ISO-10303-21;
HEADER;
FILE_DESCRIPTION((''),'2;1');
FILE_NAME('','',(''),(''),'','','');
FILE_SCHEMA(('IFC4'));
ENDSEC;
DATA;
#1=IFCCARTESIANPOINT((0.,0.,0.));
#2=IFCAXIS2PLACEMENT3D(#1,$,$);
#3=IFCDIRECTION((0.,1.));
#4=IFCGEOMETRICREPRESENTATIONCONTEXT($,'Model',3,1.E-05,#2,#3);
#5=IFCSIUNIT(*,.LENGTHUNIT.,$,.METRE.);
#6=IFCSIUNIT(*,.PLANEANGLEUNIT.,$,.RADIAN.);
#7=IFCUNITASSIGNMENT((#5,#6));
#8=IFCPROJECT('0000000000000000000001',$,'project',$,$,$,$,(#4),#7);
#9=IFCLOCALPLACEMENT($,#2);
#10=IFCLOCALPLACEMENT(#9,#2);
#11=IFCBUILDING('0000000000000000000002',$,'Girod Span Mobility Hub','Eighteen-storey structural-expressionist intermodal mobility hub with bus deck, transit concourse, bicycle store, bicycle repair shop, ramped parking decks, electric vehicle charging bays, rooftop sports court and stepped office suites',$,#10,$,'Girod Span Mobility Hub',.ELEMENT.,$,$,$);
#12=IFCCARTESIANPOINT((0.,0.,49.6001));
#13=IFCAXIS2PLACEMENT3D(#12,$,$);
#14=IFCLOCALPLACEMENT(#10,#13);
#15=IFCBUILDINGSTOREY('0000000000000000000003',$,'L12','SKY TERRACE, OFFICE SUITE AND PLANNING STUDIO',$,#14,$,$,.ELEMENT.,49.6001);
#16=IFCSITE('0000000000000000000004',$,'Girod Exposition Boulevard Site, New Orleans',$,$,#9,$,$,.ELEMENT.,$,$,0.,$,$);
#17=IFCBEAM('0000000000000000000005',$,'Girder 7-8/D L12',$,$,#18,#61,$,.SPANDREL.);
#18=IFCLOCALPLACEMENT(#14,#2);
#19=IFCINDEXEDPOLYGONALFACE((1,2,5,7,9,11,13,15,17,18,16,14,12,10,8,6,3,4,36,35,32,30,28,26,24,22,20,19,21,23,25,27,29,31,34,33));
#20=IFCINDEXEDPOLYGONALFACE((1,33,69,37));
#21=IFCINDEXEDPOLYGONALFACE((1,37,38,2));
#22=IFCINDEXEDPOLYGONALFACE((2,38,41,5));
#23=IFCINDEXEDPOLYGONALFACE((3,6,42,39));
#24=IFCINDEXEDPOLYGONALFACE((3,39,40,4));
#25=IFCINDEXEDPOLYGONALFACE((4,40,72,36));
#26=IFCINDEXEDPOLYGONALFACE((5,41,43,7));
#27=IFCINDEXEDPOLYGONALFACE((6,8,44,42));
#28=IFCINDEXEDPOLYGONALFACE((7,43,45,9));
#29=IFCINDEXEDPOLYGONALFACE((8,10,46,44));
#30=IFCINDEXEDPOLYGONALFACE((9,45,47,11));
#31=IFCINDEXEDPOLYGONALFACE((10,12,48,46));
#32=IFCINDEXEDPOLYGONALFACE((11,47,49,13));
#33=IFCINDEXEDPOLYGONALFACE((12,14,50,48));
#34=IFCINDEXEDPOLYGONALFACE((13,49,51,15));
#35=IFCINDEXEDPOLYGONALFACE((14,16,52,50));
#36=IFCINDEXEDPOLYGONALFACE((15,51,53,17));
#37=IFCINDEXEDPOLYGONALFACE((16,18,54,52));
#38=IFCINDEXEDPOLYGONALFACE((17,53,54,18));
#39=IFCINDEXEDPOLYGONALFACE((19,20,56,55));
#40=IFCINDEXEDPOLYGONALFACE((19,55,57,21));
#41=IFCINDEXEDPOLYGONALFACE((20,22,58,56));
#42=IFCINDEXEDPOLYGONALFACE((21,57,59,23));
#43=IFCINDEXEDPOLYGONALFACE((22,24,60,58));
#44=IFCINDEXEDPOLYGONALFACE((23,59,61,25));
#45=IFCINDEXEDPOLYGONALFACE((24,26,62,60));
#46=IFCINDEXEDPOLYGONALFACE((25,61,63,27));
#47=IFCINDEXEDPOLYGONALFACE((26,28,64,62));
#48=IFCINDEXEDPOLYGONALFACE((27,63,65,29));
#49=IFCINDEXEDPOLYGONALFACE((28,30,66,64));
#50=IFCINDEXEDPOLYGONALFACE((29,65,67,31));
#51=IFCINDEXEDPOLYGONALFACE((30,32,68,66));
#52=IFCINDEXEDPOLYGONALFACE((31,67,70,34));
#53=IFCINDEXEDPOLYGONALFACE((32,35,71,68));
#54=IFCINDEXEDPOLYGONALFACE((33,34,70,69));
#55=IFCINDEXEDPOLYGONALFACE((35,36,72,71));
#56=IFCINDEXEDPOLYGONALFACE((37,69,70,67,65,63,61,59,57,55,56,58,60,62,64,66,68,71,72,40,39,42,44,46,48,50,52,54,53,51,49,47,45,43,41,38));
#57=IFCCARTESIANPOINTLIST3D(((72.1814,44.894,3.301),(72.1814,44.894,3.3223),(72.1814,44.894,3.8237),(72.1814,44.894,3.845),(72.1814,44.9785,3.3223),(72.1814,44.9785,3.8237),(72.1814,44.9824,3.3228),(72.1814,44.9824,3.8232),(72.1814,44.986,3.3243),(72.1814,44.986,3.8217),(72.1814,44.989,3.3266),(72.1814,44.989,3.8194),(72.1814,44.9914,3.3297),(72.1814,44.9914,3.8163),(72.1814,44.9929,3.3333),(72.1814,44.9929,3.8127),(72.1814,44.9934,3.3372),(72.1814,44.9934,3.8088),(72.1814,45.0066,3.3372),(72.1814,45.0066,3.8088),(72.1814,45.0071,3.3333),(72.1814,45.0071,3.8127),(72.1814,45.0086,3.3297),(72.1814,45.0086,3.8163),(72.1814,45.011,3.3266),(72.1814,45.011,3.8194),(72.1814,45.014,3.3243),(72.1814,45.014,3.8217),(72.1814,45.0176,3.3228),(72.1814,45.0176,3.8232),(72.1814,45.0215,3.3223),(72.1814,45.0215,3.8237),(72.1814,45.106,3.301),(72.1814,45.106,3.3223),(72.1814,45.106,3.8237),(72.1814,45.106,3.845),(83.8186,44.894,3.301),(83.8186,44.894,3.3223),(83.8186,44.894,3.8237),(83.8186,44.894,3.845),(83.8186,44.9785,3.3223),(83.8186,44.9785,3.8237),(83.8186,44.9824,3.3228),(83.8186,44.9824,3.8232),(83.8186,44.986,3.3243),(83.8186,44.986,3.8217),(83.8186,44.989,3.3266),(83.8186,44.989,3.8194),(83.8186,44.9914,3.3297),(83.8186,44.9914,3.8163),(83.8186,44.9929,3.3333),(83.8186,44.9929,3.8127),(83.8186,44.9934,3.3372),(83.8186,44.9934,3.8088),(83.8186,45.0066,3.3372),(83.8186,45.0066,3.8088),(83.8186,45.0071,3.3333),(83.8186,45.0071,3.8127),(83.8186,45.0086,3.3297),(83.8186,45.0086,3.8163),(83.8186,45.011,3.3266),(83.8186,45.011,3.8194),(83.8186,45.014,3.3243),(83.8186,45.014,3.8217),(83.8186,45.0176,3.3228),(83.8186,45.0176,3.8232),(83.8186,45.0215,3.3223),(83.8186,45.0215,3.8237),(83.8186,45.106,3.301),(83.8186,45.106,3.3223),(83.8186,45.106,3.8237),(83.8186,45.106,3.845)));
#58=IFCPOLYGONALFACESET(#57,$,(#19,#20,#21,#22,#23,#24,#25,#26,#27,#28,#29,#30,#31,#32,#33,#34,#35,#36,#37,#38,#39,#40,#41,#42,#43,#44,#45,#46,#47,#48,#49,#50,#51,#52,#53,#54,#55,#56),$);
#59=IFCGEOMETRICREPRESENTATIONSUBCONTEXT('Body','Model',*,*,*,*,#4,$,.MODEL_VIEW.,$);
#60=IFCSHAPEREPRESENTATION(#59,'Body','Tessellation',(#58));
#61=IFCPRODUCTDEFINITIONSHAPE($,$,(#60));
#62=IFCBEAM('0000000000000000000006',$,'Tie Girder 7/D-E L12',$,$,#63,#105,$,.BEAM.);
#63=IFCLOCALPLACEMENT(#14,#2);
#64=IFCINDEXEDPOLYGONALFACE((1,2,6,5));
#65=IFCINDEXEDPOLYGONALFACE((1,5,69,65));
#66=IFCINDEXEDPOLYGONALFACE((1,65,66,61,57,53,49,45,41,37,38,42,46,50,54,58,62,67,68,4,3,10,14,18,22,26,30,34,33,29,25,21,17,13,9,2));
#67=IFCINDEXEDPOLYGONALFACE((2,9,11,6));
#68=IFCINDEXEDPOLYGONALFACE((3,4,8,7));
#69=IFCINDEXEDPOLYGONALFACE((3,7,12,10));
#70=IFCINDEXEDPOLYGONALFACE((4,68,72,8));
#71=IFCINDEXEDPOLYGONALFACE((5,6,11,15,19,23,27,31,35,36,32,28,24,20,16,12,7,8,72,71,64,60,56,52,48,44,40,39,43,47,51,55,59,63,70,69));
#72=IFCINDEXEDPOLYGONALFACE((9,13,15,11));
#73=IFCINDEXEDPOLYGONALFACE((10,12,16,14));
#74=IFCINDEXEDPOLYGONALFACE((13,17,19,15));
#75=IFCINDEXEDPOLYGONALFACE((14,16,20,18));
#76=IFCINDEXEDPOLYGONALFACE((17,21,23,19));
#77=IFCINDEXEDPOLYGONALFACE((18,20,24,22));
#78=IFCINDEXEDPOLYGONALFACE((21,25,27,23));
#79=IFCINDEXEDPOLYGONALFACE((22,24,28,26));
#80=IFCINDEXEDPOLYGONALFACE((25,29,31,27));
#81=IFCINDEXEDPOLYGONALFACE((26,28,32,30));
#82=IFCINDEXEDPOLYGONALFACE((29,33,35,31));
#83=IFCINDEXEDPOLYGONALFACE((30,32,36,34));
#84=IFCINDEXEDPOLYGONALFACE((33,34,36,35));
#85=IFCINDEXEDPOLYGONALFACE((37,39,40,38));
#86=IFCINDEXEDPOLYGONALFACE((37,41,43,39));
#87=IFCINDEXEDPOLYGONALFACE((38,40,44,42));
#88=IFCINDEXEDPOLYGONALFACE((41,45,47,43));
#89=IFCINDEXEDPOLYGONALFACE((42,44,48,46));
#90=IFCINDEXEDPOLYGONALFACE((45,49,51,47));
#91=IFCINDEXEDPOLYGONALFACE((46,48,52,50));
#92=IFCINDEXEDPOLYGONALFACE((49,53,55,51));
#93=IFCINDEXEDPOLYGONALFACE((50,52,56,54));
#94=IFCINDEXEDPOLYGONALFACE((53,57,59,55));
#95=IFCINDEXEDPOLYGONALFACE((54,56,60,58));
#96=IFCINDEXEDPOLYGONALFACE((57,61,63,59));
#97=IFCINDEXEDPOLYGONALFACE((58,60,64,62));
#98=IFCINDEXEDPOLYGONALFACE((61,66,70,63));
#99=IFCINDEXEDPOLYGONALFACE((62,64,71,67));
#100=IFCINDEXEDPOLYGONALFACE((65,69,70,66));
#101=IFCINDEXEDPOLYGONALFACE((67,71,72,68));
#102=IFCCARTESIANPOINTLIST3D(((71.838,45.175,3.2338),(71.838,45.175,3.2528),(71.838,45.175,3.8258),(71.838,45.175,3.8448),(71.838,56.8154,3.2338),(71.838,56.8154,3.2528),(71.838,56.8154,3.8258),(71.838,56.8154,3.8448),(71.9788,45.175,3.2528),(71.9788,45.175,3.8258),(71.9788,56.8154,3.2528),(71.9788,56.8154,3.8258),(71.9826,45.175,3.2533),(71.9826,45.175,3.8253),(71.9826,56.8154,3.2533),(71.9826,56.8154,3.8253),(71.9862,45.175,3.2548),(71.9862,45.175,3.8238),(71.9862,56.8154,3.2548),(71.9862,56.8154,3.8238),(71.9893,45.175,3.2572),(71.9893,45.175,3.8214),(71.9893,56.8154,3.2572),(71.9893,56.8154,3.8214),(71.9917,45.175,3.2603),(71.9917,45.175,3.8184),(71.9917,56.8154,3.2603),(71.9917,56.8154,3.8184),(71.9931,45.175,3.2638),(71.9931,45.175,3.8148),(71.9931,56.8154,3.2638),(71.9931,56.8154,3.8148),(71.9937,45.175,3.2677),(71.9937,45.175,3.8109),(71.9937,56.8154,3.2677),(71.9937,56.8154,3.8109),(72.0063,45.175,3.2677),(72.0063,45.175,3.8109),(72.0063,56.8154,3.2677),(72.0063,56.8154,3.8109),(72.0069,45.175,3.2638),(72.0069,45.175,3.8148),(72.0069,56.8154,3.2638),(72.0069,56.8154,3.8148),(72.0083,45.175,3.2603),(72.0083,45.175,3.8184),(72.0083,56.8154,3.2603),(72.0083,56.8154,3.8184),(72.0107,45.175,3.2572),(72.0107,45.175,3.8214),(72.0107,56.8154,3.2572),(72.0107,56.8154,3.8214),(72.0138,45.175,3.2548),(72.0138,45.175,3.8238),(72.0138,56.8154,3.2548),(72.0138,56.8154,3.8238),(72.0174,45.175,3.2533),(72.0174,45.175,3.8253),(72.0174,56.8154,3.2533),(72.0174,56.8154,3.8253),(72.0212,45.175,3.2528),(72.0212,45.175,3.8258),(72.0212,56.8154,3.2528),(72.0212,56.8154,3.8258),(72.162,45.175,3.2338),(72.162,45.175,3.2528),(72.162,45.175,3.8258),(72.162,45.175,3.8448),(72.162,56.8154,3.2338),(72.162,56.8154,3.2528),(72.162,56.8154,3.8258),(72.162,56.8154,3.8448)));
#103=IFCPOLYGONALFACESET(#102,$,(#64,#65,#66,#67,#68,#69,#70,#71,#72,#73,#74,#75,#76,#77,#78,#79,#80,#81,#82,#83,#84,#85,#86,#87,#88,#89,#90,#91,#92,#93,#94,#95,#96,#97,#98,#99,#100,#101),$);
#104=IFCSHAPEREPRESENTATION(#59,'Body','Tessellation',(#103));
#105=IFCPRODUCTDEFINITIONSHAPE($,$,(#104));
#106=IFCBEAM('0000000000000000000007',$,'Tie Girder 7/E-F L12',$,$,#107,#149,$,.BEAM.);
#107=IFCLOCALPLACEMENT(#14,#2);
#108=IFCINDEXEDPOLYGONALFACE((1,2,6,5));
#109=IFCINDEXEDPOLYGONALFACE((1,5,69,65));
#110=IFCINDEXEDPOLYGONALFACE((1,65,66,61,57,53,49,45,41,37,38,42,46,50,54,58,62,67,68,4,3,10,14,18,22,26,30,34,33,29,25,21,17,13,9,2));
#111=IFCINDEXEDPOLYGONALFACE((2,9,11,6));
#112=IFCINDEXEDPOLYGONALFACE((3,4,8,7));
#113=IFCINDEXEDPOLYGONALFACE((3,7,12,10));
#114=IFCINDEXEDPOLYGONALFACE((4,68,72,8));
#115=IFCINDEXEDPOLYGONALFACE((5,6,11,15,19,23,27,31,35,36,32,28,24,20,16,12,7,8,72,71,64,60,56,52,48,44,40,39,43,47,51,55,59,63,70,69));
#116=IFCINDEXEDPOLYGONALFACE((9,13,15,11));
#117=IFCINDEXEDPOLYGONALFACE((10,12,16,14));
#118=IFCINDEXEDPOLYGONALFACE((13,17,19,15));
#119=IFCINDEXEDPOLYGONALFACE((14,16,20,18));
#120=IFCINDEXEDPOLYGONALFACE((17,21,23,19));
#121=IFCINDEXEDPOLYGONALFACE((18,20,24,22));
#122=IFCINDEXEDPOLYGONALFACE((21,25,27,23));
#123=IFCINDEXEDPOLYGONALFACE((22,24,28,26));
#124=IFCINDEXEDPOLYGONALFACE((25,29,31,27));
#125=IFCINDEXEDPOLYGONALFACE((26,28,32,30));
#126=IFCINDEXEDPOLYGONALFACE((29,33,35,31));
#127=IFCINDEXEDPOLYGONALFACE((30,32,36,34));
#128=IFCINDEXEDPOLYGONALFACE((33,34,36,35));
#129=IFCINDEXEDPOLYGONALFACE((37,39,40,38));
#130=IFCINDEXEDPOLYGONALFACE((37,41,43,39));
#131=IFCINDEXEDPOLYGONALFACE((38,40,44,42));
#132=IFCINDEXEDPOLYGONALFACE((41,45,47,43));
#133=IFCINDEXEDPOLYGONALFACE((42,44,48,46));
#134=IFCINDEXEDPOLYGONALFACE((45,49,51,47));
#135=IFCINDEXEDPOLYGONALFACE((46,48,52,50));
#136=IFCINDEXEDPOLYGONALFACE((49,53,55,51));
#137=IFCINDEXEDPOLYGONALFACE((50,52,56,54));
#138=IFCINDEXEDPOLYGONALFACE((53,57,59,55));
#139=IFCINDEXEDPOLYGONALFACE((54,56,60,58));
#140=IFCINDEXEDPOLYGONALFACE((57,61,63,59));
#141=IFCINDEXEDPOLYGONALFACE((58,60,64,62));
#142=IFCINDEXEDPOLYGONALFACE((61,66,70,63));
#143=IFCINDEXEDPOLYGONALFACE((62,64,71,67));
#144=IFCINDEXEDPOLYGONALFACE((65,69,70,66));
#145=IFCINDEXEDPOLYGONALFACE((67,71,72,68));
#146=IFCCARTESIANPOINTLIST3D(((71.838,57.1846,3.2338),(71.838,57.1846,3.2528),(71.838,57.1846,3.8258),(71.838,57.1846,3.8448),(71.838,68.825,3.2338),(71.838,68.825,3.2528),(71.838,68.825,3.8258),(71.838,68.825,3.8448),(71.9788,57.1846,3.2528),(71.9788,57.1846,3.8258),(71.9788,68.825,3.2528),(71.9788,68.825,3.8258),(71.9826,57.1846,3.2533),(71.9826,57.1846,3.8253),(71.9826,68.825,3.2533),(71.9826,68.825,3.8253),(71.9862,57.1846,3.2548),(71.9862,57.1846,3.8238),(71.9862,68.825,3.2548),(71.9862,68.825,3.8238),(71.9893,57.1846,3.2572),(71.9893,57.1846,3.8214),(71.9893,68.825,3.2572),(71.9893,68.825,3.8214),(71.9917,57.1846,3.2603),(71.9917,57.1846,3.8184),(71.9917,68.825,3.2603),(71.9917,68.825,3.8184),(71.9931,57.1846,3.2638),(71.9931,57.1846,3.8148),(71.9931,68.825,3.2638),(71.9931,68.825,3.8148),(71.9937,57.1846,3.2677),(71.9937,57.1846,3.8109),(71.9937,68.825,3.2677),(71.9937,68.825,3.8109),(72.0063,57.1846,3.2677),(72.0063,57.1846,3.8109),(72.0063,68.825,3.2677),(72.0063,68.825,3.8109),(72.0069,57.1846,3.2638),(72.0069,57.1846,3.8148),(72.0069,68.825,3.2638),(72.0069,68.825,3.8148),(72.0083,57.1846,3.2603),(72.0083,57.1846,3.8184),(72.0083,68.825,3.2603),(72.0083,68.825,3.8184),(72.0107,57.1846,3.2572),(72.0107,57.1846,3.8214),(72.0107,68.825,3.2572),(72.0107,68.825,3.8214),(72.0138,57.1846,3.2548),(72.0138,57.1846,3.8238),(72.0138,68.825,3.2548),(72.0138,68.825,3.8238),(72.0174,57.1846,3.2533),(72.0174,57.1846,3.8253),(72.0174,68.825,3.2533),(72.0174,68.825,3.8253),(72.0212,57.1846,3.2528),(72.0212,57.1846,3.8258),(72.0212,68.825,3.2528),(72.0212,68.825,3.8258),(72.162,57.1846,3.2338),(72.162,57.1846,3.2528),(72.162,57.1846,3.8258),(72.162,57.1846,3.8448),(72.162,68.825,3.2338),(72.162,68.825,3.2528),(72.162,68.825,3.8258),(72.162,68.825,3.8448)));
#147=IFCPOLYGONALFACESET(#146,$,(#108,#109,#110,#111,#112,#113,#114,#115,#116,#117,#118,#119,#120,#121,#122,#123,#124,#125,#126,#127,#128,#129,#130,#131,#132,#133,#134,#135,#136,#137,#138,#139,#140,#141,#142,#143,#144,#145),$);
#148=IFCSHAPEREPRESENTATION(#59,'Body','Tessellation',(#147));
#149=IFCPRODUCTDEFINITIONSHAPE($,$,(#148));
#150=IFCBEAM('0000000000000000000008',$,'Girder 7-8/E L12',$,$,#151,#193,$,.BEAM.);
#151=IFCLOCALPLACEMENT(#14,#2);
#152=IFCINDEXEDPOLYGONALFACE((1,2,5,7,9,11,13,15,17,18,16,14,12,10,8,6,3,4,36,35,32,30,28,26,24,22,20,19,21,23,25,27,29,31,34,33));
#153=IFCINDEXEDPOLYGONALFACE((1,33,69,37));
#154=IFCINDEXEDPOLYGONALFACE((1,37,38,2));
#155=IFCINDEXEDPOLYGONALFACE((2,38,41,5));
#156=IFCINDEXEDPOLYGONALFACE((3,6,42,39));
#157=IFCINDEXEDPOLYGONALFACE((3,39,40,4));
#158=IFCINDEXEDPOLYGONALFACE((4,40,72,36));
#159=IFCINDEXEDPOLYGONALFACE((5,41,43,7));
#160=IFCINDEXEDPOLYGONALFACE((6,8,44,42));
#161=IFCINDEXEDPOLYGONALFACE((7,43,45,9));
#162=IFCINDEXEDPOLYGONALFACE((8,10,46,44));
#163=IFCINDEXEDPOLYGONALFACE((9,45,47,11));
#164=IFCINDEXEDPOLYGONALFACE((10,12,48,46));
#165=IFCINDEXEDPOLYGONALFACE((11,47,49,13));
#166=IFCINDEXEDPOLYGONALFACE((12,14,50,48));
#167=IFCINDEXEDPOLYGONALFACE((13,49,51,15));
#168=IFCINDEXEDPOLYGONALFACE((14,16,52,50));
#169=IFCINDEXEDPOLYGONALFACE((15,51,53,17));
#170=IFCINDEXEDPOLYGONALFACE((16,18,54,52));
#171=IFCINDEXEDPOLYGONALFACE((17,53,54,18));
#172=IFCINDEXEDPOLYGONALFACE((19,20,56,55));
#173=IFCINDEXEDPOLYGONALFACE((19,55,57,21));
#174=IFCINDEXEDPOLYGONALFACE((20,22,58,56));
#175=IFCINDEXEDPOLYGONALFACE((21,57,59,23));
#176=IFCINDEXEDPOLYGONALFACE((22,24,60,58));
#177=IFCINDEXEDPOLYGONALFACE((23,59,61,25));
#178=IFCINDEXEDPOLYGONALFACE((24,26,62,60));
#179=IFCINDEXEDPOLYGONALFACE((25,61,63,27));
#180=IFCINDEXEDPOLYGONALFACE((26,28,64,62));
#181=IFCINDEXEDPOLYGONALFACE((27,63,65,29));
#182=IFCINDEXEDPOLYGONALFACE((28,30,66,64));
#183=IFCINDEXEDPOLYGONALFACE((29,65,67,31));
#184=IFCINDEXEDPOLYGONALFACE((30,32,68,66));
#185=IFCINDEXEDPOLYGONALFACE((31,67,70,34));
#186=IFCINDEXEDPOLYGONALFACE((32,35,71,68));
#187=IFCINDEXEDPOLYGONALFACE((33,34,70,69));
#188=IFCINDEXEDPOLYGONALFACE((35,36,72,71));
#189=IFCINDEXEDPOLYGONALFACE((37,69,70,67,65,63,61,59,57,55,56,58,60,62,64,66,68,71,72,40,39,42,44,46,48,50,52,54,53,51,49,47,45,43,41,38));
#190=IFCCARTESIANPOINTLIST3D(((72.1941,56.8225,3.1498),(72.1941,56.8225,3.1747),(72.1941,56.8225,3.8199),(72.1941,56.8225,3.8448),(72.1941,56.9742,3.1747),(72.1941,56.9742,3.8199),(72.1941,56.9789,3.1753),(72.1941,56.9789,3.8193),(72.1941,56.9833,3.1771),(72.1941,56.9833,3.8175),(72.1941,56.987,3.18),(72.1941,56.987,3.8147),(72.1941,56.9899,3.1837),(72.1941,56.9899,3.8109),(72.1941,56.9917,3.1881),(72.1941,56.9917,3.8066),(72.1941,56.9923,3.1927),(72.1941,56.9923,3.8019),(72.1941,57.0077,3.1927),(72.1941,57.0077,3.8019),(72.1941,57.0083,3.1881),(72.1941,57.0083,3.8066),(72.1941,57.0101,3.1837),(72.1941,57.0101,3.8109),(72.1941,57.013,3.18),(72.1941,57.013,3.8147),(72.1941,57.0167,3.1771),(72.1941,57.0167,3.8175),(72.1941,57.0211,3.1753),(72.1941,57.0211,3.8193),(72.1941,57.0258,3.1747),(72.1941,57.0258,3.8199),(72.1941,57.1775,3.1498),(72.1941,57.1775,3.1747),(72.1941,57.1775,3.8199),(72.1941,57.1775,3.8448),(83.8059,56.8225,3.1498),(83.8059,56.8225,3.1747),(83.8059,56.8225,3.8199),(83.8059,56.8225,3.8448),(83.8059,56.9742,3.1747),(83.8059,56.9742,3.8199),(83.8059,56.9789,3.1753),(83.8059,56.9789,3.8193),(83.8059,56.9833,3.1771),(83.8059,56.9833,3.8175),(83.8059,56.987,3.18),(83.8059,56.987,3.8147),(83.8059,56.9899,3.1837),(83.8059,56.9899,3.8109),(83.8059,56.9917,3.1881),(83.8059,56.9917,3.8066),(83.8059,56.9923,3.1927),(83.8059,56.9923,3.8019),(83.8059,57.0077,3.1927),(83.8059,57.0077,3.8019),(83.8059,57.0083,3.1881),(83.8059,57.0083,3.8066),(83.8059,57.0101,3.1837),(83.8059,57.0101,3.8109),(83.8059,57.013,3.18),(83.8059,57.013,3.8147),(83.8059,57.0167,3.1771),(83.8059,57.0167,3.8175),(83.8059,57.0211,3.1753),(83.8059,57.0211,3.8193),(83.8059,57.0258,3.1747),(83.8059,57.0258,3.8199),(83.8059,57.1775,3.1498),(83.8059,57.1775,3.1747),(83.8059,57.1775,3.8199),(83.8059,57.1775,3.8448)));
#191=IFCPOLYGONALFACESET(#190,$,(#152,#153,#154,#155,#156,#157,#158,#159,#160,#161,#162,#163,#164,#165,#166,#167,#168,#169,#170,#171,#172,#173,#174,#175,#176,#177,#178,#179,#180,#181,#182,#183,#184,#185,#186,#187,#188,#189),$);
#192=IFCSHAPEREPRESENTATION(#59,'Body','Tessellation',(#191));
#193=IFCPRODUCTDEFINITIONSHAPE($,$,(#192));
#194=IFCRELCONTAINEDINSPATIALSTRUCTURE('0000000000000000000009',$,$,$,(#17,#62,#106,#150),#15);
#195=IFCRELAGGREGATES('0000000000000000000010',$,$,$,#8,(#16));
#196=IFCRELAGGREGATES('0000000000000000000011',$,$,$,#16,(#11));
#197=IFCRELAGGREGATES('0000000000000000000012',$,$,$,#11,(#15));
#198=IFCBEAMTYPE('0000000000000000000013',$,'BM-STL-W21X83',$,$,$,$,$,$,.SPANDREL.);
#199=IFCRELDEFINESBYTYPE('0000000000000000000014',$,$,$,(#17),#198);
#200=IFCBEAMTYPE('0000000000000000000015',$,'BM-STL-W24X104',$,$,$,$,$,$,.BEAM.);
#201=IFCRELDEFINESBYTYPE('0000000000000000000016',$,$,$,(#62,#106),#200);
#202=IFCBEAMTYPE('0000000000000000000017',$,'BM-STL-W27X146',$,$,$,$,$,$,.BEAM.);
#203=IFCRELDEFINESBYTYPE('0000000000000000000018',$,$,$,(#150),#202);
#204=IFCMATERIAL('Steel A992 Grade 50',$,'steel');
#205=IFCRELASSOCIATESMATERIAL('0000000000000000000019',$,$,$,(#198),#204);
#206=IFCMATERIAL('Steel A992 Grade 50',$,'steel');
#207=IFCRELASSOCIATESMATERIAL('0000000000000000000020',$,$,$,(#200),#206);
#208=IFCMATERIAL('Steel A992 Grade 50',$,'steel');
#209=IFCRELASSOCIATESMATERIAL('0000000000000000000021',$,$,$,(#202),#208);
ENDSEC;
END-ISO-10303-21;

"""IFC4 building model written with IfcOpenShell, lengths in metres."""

from ifc_helpers import new_model, si_unit, direction, frame, origin, origin_2d, place, context, subcontext, project, spatial, i_section, extrude, material, material_profile, profile_set, type_object, element, save


model = new_model("IFC4")

# Units and contexts
model_context = context("Model", 3, precision=1e-05, world=origin(), true_north=direction((0.0, 1.0)))
body_context = subcontext(model_context, "Body", "Model", "MODEL_VIEW")
ifc_project = project(units=[si_unit("LENGTHUNIT", "METRE"), si_unit("PLANEANGLEUNIT", "RADIAN")], contexts=[model_context])

# Site, building, storey
site_placement = place(None, origin())
site = spatial("IfcSite", under=ifc_project, at=site_placement, Name="Girod Exposition Boulevard Site, New Orleans", CompositionType="ELEMENT", RefElevation=0.0)
building_placement = place(site_placement, origin())
building = spatial("IfcBuilding", under=site, at=building_placement, Name="Girod Span Mobility Hub", Description="Eighteen-storey structural-expressionist intermodal mobility hub with bus deck, transit concourse, bicycle store, bicycle repair shop, ramped parking decks, electric vehicle charging bays, rooftop sports court and stepped office suites", LongName="Girod Span Mobility Hub", CompositionType="ELEMENT")
storey_placement = place(building_placement, frame((0.0, 0.0, 49.6001)))
storey = spatial("IfcBuildingStorey", under=building, at=storey_placement, Name="L12", Description="SKY TERRACE, OFFICE SUITE AND PLANNING STUDIO", CompositionType="ELEMENT", Elevation=49.6001)

# Beams
ifc_material_1 = material(Name="Steel A992 Grade 50", Category="steel")
ifc_material_profile_1 = material_profile(ifc_material_1, i_section(OverallWidth=0.2119, OverallDepth=0.5439, WebThickness=0.0132, FlangeThickness=0.0212, FilletRadius=0.0149, at=origin_2d()), Name="W21X83")
ifc_profile_set_1 = profile_set([ifc_material_profile_1], Name="Steel A992 Grade 50")
beam_type_1 = type_object("IfcBeamType", Name="BM-STL-W21X83", PredefinedType="SPANDREL", material=ifc_profile_set_1)
beam_1_placement = place(storey_placement, frame((72.1814, 45.0, 3.573), z_axis=(1.0, 0.0, 0.0), x_axis=(0.0, 1.0, 0.0)))
element("IfcBeam", 1, at=beam_1_placement, inside=storey, type_object=beam_type_1, Name="Girder 7-8/D L12", PredefinedType="SPANDREL", context=body_context, shape_type="SweptSolid", body=[
    extrude(i_section(OverallWidth=0.2119, OverallDepth=0.5439, WebThickness=0.0132, FlangeThickness=0.0212, FilletRadius=0.0149, at=origin_2d()), origin(), (0.0, 0.0, 1.0), 11.6372),
])
ifc_material_2 = material(Name="Steel A992 Grade 50", Category="steel")
ifc_material_profile_2 = material_profile(ifc_material_2, i_section(OverallWidth=0.324, OverallDepth=0.6111, WebThickness=0.0127, FlangeThickness=0.019, FilletRadius=0.0149, at=origin_2d()), Name="W24X104")
ifc_profile_set_2 = profile_set([ifc_material_profile_2], Name="Steel A992 Grade 50")
beam_type_2 = type_object("IfcBeamType", Name="BM-STL-W24X104", PredefinedType="BEAM", material=ifc_profile_set_2)
for number, where, z_axis, x_axis, name in (
    (2, (72.0, 45.175, 3.5393), (0.0, 1.0, 0.0), (-1.0, 0.0, 0.0), "Tie Girder 7/D-E L12"),
    (3, (72.0, 57.1846, 3.5393), (0.0, 1.0, 0.0), (-1.0, 0.0, 0.0), "Tie Girder 7/E-F L12"),
):
    element("IfcBeam", number, at=place(storey_placement, frame(where, z_axis=z_axis, x_axis=x_axis)), inside=storey, type_object=beam_type_2, Name=name, PredefinedType="BEAM", context=body_context, shape_type="SweptSolid", body=[
        extrude(i_section(OverallWidth=0.324, OverallDepth=0.6111, WebThickness=0.0127, FlangeThickness=0.019, FilletRadius=0.0149, at=origin_2d()), origin(), (0.0, 0.0, 1.0), 11.6404),
    ])
ifc_material_3 = material(Name="Steel A992 Grade 50", Category="steel")
ifc_material_profile_3 = material_profile(ifc_material_3, i_section(OverallWidth=0.355, OverallDepth=0.6951, WebThickness=0.0154, FlangeThickness=0.0249, FilletRadius=0.0181, at=origin_2d()), Name="W27X146")
ifc_profile_set_3 = profile_set([ifc_material_profile_3], Name="Steel A992 Grade 50")
beam_type_3 = type_object("IfcBeamType", Name="BM-STL-W27X146", PredefinedType="BEAM", material=ifc_profile_set_3)
beam_2_placement = place(storey_placement, frame((72.1941, 57.0, 3.4973), z_axis=(1.0, 0.0, 0.0), x_axis=(0.0, 1.0, 0.0)))
element("IfcBeam", 4, at=beam_2_placement, inside=storey, type_object=beam_type_3, Name="Girder 7-8/E L12", PredefinedType="BEAM", context=body_context, shape_type="SweptSolid", body=[
    extrude(i_section(OverallWidth=0.355, OverallDepth=0.6951, WebThickness=0.0154, FlangeThickness=0.0249, FilletRadius=0.0181, at=origin_2d()), origin(), (0.0, 0.0, 1.0), 11.6118),
])

save(model, "model.ifc")
